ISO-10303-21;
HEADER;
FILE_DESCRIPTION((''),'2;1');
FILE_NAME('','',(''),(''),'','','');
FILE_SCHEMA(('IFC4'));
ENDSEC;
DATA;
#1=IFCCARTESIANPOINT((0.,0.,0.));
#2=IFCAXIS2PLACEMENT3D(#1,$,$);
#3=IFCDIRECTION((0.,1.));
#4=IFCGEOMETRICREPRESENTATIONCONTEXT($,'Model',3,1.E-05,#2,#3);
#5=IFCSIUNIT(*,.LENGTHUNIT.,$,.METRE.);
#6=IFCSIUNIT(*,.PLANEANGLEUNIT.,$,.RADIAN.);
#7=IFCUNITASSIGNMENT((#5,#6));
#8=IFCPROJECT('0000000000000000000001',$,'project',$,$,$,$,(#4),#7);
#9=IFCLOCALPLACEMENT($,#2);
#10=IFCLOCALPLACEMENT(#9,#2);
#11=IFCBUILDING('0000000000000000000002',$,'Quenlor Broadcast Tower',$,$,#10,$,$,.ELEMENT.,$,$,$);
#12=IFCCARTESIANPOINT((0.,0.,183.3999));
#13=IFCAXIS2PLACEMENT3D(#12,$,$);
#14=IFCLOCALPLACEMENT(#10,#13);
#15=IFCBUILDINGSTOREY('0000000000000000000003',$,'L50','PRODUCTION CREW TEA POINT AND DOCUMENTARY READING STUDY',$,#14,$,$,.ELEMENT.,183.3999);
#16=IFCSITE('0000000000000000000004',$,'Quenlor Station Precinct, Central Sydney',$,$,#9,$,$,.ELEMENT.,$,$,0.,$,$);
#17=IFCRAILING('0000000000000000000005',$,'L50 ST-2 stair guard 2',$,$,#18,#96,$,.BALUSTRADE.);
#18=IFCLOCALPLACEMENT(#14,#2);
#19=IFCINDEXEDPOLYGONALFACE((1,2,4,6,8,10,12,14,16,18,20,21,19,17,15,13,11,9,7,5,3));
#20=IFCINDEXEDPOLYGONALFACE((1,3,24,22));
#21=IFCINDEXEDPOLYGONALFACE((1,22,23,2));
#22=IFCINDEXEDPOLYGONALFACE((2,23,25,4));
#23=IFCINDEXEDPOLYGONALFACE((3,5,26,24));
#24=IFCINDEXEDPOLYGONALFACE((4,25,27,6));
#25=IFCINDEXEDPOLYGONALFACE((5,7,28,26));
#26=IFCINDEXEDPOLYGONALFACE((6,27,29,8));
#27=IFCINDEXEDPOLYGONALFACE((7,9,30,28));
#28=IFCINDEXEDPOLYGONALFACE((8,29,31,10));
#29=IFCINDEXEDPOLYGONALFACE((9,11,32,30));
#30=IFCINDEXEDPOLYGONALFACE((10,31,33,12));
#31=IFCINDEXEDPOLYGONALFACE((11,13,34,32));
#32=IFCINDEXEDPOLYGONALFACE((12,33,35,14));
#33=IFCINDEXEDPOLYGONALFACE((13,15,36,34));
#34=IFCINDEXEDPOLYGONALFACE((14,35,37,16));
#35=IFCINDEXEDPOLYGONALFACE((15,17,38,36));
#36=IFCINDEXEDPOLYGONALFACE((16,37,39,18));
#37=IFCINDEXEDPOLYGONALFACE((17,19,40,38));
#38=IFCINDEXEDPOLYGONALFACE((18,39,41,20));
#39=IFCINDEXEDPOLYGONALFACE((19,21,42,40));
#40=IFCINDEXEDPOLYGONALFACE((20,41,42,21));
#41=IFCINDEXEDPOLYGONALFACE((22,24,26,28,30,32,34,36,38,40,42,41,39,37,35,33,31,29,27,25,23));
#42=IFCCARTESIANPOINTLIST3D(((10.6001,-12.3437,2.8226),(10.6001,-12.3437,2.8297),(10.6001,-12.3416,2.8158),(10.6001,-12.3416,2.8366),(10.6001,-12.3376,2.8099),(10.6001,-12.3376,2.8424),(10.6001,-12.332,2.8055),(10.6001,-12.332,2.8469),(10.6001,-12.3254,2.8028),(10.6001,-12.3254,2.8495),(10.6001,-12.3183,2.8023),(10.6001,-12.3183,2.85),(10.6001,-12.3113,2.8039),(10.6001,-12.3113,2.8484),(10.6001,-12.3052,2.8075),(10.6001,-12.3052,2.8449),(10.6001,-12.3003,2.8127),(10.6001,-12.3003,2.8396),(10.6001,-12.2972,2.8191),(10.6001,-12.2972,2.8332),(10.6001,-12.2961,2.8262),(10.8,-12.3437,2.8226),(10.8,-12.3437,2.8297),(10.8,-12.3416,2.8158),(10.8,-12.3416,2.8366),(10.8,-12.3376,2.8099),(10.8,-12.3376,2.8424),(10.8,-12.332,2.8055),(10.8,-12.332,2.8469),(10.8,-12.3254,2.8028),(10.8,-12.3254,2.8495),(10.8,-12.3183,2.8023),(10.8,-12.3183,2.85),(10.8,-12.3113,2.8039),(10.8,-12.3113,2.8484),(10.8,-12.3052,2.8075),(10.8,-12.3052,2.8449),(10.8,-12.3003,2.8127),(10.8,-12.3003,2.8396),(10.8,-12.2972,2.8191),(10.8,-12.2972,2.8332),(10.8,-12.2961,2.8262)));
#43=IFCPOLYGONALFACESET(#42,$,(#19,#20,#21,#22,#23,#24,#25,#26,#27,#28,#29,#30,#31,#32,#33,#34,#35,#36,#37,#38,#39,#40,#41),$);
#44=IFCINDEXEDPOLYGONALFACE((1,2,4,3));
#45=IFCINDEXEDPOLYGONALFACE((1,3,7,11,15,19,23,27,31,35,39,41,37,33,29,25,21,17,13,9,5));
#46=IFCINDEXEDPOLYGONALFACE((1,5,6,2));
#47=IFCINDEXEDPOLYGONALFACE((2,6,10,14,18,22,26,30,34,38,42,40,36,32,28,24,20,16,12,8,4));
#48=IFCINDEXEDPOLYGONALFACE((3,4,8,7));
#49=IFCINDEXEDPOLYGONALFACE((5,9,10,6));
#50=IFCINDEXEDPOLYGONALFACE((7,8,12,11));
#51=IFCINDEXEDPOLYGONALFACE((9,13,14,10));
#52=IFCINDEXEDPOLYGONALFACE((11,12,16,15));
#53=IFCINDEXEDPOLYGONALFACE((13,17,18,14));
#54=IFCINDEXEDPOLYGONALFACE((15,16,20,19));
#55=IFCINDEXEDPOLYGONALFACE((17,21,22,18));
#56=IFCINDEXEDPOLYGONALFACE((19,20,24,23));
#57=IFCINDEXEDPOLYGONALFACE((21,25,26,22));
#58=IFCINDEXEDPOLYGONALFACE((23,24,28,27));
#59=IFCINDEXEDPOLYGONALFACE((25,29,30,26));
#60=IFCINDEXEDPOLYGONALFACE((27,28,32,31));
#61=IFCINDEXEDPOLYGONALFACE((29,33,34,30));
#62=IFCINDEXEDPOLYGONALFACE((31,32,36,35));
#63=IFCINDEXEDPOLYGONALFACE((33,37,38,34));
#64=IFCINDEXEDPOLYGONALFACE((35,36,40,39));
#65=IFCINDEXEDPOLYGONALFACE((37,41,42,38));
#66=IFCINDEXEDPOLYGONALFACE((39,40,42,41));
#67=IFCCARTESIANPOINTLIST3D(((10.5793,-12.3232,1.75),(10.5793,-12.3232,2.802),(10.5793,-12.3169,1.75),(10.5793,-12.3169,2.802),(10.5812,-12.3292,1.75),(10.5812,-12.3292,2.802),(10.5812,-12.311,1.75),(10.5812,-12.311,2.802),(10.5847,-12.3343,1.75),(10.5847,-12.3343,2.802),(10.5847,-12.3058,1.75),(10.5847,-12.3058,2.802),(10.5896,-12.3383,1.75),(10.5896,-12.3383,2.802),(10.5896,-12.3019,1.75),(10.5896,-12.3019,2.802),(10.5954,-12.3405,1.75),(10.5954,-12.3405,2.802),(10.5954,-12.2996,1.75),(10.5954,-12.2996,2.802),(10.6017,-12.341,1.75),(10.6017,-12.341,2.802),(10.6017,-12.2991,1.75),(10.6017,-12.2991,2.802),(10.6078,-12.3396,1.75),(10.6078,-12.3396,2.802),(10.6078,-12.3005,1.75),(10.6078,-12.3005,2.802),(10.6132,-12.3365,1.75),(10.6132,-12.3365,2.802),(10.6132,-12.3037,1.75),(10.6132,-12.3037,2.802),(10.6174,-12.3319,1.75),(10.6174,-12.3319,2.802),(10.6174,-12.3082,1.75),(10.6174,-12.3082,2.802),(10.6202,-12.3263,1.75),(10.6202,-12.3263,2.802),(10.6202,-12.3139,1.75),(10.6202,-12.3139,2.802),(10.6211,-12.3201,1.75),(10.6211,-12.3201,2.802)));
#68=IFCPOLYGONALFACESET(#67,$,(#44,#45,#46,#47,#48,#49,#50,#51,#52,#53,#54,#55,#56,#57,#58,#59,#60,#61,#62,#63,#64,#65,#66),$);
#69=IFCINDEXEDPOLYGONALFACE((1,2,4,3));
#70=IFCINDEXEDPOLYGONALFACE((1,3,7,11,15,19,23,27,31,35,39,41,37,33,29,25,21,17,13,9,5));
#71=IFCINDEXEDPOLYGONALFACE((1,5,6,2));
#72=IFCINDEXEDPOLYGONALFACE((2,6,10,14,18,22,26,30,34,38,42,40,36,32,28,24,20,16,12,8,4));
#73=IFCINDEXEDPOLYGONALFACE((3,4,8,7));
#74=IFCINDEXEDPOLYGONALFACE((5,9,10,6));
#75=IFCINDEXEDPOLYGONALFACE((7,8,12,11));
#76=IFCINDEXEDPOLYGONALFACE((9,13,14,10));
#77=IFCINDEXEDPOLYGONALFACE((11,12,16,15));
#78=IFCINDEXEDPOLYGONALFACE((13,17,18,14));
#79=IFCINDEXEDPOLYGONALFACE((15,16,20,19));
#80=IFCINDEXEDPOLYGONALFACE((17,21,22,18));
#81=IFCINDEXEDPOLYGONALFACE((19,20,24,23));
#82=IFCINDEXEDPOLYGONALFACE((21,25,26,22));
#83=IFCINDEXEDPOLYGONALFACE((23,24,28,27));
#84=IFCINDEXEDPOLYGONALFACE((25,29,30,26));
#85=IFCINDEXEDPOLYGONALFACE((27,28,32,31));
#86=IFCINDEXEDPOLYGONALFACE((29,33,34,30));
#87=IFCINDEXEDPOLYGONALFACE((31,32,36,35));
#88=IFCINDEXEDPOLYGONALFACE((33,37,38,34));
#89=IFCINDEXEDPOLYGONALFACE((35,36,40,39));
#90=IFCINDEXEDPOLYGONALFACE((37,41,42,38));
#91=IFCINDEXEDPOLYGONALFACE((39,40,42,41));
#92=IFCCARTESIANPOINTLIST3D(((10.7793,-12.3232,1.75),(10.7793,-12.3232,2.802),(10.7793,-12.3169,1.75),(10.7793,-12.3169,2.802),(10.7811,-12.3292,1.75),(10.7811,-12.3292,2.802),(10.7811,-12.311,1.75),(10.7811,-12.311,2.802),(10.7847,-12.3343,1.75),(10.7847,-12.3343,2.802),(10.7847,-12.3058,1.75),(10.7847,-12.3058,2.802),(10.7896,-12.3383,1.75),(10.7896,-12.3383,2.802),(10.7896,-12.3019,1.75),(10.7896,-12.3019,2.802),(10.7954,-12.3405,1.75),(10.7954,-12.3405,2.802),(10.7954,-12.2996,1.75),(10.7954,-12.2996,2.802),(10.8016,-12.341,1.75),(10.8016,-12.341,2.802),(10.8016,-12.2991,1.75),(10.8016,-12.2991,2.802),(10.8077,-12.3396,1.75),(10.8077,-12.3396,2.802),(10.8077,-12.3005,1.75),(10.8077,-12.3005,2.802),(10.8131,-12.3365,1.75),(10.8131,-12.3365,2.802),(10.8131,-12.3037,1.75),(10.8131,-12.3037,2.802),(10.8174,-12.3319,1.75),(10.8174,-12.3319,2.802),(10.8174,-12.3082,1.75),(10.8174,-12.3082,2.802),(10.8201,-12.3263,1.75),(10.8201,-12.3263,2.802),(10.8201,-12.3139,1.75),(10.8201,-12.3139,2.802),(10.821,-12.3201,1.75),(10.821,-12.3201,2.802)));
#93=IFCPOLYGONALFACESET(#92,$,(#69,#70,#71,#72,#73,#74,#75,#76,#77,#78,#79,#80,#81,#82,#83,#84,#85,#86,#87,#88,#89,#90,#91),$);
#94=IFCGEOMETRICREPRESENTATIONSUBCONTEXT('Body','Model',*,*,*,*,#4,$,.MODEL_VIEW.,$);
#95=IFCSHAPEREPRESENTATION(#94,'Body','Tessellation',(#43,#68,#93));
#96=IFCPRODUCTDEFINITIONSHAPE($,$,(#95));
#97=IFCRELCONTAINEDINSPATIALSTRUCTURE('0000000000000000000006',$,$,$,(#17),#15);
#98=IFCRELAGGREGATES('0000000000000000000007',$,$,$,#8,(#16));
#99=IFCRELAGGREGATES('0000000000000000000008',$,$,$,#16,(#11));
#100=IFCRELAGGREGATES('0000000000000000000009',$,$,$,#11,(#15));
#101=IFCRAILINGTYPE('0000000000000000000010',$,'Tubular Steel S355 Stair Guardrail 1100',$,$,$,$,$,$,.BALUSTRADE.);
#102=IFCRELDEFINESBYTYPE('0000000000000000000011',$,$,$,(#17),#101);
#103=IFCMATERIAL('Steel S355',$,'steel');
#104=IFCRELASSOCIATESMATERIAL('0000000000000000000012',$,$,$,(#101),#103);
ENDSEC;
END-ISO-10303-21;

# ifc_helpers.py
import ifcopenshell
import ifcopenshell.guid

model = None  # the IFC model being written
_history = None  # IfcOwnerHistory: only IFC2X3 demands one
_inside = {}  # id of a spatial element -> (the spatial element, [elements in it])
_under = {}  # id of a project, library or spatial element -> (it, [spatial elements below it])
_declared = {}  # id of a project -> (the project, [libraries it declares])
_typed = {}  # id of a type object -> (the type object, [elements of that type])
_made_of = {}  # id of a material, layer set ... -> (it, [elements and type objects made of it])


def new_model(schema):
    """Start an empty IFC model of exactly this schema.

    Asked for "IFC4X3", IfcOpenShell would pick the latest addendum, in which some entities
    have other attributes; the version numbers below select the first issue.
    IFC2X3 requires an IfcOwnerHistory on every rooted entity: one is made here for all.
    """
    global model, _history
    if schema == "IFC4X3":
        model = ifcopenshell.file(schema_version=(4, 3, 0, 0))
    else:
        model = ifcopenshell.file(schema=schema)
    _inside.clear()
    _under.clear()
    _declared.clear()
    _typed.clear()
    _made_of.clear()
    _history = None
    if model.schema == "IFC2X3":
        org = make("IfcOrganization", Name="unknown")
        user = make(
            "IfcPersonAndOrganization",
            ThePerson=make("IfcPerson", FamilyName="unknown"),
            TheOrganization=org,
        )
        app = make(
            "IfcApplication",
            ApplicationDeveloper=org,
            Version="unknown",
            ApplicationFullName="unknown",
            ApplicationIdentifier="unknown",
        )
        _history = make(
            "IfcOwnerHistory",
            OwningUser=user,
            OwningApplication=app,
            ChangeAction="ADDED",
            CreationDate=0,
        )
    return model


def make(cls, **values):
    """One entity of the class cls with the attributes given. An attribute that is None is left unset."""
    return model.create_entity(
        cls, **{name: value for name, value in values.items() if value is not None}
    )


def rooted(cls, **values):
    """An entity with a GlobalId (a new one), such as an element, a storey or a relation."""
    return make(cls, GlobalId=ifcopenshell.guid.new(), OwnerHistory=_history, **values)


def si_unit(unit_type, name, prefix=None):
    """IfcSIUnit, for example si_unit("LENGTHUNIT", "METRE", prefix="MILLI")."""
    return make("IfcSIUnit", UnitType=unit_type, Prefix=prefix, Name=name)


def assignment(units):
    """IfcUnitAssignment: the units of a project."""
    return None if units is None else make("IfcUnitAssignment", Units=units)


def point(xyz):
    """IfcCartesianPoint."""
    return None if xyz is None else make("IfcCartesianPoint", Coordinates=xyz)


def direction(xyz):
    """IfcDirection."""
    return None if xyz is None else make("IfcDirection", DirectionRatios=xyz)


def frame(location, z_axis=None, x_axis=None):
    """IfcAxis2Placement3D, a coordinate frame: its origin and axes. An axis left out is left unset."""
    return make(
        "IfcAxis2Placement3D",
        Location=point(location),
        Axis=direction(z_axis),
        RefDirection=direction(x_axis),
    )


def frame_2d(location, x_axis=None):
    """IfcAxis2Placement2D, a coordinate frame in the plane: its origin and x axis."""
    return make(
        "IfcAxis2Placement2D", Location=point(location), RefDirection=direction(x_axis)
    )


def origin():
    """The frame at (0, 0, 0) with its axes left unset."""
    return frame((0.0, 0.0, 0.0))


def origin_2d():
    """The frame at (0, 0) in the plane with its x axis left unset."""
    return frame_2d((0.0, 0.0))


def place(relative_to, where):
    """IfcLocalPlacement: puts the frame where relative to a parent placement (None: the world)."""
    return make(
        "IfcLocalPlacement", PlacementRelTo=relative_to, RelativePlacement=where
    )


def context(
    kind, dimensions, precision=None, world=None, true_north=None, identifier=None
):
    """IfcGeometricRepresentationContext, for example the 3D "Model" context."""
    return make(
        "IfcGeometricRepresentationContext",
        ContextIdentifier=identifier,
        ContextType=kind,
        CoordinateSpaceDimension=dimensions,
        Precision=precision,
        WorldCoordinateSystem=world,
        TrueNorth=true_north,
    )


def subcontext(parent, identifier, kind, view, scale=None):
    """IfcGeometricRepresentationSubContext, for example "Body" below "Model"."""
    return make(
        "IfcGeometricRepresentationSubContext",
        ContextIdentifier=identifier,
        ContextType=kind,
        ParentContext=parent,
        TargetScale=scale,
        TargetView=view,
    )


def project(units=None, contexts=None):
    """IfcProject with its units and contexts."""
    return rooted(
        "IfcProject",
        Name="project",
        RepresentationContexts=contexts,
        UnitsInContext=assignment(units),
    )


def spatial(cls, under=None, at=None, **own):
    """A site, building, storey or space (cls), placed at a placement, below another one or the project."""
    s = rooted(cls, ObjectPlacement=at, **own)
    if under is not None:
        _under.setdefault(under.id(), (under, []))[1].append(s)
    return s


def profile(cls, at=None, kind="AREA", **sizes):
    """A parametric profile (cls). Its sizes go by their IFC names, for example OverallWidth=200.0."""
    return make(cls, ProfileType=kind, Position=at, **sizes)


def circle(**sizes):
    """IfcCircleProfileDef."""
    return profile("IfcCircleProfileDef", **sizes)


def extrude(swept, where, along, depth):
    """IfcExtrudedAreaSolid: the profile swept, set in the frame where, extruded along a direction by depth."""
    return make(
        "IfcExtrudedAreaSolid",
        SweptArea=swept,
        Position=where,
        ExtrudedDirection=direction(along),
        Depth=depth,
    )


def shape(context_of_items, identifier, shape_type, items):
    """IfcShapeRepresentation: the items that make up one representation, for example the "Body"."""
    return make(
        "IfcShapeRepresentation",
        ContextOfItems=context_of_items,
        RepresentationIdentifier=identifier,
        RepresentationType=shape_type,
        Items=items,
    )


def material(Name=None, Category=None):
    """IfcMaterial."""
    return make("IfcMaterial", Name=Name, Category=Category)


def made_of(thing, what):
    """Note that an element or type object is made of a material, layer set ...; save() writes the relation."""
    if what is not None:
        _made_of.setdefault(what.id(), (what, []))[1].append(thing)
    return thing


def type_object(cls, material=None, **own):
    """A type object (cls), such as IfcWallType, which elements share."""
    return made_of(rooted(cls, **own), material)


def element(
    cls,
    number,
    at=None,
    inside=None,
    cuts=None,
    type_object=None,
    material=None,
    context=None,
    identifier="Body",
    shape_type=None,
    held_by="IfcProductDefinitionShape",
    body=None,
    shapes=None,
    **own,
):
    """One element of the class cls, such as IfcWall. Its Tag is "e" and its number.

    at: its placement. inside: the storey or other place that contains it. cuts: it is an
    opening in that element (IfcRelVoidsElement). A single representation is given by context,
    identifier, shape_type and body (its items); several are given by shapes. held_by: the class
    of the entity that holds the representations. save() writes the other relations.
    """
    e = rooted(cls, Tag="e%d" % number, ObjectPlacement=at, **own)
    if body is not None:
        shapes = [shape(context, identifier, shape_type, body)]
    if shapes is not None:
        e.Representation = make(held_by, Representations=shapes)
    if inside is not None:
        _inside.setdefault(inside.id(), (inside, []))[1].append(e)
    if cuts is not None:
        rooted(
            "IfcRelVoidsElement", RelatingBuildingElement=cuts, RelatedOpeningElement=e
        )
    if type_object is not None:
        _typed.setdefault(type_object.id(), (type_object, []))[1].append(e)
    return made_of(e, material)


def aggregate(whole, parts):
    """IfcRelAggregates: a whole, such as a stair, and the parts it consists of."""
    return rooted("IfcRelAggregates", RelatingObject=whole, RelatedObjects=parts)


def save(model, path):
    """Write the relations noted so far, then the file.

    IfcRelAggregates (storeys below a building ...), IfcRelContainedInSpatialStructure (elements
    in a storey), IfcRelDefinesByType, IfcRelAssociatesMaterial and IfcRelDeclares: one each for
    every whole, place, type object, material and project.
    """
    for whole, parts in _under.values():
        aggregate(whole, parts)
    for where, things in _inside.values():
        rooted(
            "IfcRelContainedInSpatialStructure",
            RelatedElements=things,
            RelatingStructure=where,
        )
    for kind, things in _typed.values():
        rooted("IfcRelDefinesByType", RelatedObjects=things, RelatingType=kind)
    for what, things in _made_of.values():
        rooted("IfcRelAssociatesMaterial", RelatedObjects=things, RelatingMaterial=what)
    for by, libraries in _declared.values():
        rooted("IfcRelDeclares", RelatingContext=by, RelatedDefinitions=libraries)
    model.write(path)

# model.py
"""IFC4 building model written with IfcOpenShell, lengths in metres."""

from ifc_helpers import new_model, si_unit, direction, frame, origin, origin_2d, place, context, subcontext, project, spatial, circle, extrude, material, type_object, element, save


model = new_model("IFC4")

# Units and contexts
model_context = context("Model", 3, precision=1e-05, world=origin(), true_north=direction((0.0, 1.0)))
body_context = subcontext(model_context, "Body", "Model", "MODEL_VIEW")
ifc_project = project(units=[si_unit("LENGTHUNIT", "METRE"), si_unit("PLANEANGLEUNIT", "RADIAN")], contexts=[model_context])

# Site, building, storey
site_placement = place(None, origin())
site = spatial("IfcSite", under=ifc_project, at=site_placement, Name="Quenlor Station Precinct, Central Sydney", CompositionType="ELEMENT", RefElevation=0.0)
building_placement = place(site_placement, origin())
building = spatial("IfcBuilding", under=site, at=building_placement, Name="Quenlor Broadcast Tower", CompositionType="ELEMENT")
storey_placement = place(building_placement, frame((0.0, 0.0, 183.3999)))
storey = spatial("IfcBuildingStorey", under=building, at=storey_placement, Name="L50", Description="PRODUCTION CREW TEA POINT AND DOCUMENTARY READING STUDY", CompositionType="ELEMENT", Elevation=183.3999)

# Railing
ifc_material_1 = material(Name="Steel S355", Category="steel")
railing_type_1 = type_object("IfcRailingType", Name="Tubular Steel S355 Stair Guardrail 1100", PredefinedType="BALUSTRADE", material=ifc_material_1)
railing_1_placement = place(storey_placement, frame((10.6001, -12.3201, 1.75)))
element("IfcRailing", 1, at=railing_1_placement, inside=storey, type_object=railing_type_1, Name="L50 ST-2 stair guard 2", PredefinedType="BALUSTRADE", context=body_context, shape_type="SweptSolid", body=[
    extrude(circle(Radius=0.0239, at=origin_2d()), frame((0.0, 0.0, 1.0762), z_axis=(1.0, 0.0, 0.0), x_axis=(0.0, 1.0, 0.0)), (0.0, 0.0, 1.0), 0.2),
    extrude(circle(Radius=0.021, at=origin_2d()), origin(), (0.0, 0.0, 1.0), 1.052),
    extrude(circle(Radius=0.021, at=origin_2d()), frame((0.2, 0.0, 0.0)), (0.0, 0.0, 1.0), 1.052),
])

save(model, "model.ifc")
